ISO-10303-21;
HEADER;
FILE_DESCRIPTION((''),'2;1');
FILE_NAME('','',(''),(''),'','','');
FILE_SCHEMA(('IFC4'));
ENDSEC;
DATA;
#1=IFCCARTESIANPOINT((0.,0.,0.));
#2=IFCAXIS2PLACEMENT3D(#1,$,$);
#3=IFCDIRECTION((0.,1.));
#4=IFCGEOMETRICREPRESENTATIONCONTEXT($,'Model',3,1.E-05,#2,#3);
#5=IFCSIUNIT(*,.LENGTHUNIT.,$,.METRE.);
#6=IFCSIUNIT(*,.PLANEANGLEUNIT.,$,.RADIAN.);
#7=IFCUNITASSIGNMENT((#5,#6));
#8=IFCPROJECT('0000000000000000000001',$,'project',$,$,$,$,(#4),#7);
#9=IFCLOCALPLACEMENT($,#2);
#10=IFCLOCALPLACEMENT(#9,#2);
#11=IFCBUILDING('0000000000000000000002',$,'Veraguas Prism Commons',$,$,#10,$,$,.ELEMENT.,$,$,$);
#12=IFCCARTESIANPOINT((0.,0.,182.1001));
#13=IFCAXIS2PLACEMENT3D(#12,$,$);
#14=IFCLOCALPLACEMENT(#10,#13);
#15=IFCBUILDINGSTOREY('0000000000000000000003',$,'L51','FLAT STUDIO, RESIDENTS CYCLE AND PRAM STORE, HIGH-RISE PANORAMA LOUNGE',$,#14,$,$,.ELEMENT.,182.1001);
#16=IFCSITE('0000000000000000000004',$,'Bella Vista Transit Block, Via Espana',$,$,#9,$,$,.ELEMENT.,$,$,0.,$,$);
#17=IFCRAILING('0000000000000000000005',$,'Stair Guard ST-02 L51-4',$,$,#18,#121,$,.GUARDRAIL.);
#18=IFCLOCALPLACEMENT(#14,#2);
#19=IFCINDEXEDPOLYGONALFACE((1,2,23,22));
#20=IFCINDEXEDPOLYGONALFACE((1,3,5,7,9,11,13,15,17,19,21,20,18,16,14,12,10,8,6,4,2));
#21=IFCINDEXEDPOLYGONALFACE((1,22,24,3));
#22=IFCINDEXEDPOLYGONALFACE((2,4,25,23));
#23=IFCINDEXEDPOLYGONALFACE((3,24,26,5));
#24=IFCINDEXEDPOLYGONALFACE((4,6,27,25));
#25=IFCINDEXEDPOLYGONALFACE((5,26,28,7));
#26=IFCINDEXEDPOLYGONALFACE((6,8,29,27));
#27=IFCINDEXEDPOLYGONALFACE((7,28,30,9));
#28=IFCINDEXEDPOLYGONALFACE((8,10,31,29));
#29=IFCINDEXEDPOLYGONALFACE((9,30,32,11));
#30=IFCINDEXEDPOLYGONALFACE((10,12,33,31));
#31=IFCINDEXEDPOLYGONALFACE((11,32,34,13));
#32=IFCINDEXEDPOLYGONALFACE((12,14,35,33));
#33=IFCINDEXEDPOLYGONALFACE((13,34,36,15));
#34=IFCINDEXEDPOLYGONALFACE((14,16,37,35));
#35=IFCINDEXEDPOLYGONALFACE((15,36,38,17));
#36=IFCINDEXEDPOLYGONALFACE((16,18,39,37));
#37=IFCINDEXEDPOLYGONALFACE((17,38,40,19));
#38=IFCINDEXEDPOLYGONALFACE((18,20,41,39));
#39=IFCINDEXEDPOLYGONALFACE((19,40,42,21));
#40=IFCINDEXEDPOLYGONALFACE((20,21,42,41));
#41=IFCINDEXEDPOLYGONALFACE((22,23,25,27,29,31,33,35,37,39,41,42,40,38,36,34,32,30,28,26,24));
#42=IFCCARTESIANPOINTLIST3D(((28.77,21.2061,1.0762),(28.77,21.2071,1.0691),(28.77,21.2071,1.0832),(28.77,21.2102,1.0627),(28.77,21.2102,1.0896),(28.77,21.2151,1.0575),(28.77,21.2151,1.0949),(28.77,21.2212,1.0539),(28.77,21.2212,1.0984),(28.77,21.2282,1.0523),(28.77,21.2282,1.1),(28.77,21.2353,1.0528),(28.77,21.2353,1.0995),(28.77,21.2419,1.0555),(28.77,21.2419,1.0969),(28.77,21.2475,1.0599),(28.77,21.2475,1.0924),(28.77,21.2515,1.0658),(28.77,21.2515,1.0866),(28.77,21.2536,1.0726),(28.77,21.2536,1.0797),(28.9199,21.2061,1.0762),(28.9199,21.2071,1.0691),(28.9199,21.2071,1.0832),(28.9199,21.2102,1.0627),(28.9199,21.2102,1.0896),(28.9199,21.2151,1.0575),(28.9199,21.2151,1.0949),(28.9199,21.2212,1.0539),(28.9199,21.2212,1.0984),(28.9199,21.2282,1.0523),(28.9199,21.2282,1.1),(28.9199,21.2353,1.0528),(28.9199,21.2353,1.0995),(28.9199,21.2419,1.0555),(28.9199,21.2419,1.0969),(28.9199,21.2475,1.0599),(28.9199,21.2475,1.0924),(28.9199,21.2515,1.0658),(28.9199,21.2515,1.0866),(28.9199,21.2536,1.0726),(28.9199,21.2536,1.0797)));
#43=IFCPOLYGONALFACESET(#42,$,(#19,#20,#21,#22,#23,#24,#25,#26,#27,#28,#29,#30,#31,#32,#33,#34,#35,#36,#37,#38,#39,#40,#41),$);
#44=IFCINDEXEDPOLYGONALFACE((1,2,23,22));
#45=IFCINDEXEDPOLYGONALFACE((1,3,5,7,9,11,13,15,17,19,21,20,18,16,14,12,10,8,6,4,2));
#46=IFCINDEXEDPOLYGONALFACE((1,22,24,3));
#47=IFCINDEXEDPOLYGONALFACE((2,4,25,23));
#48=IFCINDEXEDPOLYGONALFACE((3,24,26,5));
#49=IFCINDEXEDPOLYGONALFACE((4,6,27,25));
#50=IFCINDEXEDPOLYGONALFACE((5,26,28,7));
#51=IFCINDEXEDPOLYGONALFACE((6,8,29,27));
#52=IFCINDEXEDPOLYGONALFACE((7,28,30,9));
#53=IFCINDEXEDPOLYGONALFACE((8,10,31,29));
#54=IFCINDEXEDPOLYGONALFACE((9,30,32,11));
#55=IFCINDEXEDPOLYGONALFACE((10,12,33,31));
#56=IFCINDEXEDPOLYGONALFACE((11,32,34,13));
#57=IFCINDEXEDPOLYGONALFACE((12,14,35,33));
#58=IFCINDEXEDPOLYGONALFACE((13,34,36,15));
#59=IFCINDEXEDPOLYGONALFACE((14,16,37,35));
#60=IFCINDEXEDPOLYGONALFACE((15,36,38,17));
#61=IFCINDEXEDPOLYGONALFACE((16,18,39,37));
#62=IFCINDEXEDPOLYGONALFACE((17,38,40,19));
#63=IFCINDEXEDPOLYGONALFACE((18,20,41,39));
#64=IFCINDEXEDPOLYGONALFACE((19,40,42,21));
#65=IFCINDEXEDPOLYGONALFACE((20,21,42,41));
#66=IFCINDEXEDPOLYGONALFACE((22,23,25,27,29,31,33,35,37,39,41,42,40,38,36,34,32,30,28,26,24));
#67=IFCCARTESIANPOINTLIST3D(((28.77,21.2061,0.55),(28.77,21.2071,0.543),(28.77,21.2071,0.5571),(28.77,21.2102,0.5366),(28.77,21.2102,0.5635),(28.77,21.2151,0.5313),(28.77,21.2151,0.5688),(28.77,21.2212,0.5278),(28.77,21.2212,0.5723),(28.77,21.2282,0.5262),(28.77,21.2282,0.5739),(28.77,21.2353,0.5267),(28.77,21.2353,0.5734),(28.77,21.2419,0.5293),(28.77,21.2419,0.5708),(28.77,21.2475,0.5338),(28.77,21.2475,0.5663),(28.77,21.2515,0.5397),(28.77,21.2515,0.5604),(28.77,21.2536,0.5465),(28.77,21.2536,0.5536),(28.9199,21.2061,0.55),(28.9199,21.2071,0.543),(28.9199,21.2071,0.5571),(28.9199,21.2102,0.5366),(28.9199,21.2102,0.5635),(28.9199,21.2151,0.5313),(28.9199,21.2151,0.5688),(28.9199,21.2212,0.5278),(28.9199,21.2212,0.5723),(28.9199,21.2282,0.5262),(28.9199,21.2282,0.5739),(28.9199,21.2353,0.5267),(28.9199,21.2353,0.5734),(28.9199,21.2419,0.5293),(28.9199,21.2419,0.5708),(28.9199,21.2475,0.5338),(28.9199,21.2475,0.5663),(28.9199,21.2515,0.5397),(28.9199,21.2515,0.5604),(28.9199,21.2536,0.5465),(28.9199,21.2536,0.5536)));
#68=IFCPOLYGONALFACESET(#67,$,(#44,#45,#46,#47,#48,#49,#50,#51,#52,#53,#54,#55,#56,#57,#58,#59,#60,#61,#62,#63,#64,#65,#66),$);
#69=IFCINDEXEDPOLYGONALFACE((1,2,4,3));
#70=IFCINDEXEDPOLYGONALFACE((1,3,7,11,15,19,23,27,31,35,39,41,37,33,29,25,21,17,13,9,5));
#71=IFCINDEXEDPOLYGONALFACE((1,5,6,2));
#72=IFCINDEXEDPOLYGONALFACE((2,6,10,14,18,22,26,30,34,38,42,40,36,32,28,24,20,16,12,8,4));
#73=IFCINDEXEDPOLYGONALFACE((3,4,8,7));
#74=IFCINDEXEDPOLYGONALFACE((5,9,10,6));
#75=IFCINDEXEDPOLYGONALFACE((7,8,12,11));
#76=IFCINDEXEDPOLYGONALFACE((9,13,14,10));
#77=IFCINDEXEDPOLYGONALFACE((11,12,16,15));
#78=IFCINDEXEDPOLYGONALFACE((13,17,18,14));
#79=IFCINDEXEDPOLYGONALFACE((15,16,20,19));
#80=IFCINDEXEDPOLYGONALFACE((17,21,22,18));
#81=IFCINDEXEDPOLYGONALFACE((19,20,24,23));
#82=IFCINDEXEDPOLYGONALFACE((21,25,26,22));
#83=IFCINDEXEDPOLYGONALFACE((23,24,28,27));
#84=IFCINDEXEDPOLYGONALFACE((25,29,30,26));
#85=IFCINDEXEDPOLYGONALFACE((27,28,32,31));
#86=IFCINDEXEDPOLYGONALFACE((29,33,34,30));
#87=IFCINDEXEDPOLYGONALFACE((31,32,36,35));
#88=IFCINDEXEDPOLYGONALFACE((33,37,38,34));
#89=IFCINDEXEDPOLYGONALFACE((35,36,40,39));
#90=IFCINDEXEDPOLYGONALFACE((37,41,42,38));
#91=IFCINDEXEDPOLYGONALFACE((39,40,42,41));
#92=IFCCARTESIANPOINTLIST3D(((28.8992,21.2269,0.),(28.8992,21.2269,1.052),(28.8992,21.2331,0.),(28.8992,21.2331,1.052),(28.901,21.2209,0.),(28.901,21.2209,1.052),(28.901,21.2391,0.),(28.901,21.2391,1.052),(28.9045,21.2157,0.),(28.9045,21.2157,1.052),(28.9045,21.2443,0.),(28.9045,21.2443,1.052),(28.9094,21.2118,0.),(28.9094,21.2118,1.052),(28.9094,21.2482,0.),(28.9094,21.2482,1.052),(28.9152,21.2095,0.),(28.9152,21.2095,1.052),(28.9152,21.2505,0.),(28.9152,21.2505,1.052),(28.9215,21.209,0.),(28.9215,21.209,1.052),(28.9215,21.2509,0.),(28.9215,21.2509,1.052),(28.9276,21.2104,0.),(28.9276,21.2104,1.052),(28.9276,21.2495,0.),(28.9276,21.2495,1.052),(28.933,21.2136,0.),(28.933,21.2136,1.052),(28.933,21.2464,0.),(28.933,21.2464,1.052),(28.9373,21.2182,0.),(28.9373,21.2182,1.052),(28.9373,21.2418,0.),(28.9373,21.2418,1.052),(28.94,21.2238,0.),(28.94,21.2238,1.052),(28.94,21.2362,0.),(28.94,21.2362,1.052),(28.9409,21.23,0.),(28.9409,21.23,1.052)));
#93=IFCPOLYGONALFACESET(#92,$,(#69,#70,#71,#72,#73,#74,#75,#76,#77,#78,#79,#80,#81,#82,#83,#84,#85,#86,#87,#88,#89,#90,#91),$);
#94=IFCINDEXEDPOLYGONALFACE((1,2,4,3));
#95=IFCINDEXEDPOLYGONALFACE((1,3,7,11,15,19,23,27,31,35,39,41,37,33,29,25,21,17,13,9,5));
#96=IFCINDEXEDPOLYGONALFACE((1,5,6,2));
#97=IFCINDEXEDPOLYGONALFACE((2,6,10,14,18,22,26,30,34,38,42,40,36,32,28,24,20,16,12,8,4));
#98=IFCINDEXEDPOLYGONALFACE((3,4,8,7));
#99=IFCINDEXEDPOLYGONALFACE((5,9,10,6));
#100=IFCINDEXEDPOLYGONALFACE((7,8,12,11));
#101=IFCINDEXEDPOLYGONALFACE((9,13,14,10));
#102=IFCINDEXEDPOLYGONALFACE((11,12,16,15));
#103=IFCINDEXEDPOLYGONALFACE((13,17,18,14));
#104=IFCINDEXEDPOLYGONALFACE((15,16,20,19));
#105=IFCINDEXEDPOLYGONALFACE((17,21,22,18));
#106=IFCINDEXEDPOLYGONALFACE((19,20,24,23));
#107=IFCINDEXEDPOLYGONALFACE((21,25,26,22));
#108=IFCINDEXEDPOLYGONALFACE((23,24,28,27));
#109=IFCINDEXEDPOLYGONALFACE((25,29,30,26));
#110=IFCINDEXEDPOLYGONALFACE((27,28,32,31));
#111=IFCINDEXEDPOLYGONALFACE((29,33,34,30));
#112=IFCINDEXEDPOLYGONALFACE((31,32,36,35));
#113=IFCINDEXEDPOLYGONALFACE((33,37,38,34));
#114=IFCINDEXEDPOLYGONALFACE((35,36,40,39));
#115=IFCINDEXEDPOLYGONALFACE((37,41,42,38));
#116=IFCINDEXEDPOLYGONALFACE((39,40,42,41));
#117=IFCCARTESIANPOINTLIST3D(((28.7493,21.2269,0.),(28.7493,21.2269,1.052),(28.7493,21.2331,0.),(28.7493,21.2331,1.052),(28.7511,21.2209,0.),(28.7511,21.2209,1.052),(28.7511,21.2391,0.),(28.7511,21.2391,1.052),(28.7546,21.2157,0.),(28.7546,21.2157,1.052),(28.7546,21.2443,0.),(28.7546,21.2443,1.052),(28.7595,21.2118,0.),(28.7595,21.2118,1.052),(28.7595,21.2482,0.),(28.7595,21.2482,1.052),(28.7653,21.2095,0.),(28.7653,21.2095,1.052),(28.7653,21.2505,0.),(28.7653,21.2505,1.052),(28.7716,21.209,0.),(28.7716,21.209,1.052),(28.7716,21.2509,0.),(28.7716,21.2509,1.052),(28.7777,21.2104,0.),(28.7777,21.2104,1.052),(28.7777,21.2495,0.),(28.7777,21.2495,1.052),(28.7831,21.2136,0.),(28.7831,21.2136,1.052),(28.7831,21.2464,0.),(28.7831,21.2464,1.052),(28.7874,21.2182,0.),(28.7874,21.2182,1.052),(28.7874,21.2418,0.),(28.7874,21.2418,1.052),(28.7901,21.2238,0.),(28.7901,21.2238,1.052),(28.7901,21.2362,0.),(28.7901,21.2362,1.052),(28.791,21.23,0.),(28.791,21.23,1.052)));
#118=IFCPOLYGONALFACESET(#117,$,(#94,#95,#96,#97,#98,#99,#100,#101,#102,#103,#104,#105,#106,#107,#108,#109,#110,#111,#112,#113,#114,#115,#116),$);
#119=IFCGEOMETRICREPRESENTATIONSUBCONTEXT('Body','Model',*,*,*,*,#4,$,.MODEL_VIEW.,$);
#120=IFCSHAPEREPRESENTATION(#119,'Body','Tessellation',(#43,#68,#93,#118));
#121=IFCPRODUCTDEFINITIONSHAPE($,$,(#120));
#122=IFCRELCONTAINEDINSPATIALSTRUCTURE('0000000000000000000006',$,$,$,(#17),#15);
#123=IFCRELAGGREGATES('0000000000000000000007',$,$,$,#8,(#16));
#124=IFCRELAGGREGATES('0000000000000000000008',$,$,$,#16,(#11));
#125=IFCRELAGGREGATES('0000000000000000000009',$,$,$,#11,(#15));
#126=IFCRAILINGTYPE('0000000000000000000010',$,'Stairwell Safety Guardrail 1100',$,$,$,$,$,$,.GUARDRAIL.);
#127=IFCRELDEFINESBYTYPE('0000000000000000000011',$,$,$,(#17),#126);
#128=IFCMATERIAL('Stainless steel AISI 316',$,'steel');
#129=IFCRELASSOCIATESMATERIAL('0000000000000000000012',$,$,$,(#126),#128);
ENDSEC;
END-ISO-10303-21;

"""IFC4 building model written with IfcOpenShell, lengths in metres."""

from ifc_helpers import new_model, si_unit, direction, frame, origin, origin_2d, place, context, subcontext, project, spatial, circle, extrude, material, type_object, element, save


model = new_model("IFC4")

# Units and contexts
model_context = context("Model", 3, precision=1e-05, world=origin(), true_north=direction((0.0, 1.0)))
body_context = subcontext(model_context, "Body", "Model", "MODEL_VIEW")
ifc_project = project(units=[si_unit("LENGTHUNIT", "METRE"), si_unit("PLANEANGLEUNIT", "RADIAN")], contexts=[model_context])

# Site, building, storey
site_placement = place(None, origin())
site = spatial("IfcSite", under=ifc_project, at=site_placement, Name="Bella Vista Transit Block, Via Espana", CompositionType="ELEMENT", RefElevation=0.0)
building_placement = place(site_placement, origin())
building = spatial("IfcBuilding", under=site, at=building_placement, Name="Veraguas Prism Commons", CompositionType="ELEMENT")
storey_placement = place(building_placement, frame((0.0, 0.0, 182.1001)))
storey = spatial("IfcBuildingStorey", under=building, at=storey_placement, Name="L51", Description="FLAT STUDIO, RESIDENTS CYCLE AND PRAM STORE, HIGH-RISE PANORAMA LOUNGE", CompositionType="ELEMENT", Elevation=182.1001)

# Shared definitions
ifc_material_1 = material(Name="Stainless steel AISI 316", Category="steel")

# Railing
railing_type = type_object("IfcRailingType", Name="Stairwell Safety Guardrail 1100", PredefinedType="GUARDRAIL", material=ifc_material_1)
railing_1_placement = place(storey_placement, frame((28.9199, 21.23, 0.0)))
element("IfcRailing", 1, at=railing_1_placement, inside=storey, type_object=railing_type, Name="Stair Guard ST-02 L51-4", PredefinedType="GUARDRAIL", context=body_context, shape_type="SweptSolid", body=[
    extrude(circle(Radius=0.0239, at=origin_2d()), frame((0.0, 0.0, 1.0762), z_axis=(-1.0, 0.0, 0.0), x_axis=(0.0, -1.0, 0.0)), (0.0, 0.0, 1.0), 0.1499),
    extrude(circle(Radius=0.0239, at=origin_2d()), frame((0.0, 0.0, 0.55), z_axis=(-1.0, 0.0, 0.0), x_axis=(0.0, -1.0, 0.0)), (0.0, 0.0, 1.0), 0.1499),
    extrude(circle(Radius=0.021, at=origin_2d()), origin(), (0.0, 0.0, 1.0), 1.052),
    extrude(circle(Radius=0.021, at=origin_2d()), frame((-0.1499, 0.0, 0.0)), (0.0, 0.0, 1.0), 1.052),
])

save(model, "model.ifc")
